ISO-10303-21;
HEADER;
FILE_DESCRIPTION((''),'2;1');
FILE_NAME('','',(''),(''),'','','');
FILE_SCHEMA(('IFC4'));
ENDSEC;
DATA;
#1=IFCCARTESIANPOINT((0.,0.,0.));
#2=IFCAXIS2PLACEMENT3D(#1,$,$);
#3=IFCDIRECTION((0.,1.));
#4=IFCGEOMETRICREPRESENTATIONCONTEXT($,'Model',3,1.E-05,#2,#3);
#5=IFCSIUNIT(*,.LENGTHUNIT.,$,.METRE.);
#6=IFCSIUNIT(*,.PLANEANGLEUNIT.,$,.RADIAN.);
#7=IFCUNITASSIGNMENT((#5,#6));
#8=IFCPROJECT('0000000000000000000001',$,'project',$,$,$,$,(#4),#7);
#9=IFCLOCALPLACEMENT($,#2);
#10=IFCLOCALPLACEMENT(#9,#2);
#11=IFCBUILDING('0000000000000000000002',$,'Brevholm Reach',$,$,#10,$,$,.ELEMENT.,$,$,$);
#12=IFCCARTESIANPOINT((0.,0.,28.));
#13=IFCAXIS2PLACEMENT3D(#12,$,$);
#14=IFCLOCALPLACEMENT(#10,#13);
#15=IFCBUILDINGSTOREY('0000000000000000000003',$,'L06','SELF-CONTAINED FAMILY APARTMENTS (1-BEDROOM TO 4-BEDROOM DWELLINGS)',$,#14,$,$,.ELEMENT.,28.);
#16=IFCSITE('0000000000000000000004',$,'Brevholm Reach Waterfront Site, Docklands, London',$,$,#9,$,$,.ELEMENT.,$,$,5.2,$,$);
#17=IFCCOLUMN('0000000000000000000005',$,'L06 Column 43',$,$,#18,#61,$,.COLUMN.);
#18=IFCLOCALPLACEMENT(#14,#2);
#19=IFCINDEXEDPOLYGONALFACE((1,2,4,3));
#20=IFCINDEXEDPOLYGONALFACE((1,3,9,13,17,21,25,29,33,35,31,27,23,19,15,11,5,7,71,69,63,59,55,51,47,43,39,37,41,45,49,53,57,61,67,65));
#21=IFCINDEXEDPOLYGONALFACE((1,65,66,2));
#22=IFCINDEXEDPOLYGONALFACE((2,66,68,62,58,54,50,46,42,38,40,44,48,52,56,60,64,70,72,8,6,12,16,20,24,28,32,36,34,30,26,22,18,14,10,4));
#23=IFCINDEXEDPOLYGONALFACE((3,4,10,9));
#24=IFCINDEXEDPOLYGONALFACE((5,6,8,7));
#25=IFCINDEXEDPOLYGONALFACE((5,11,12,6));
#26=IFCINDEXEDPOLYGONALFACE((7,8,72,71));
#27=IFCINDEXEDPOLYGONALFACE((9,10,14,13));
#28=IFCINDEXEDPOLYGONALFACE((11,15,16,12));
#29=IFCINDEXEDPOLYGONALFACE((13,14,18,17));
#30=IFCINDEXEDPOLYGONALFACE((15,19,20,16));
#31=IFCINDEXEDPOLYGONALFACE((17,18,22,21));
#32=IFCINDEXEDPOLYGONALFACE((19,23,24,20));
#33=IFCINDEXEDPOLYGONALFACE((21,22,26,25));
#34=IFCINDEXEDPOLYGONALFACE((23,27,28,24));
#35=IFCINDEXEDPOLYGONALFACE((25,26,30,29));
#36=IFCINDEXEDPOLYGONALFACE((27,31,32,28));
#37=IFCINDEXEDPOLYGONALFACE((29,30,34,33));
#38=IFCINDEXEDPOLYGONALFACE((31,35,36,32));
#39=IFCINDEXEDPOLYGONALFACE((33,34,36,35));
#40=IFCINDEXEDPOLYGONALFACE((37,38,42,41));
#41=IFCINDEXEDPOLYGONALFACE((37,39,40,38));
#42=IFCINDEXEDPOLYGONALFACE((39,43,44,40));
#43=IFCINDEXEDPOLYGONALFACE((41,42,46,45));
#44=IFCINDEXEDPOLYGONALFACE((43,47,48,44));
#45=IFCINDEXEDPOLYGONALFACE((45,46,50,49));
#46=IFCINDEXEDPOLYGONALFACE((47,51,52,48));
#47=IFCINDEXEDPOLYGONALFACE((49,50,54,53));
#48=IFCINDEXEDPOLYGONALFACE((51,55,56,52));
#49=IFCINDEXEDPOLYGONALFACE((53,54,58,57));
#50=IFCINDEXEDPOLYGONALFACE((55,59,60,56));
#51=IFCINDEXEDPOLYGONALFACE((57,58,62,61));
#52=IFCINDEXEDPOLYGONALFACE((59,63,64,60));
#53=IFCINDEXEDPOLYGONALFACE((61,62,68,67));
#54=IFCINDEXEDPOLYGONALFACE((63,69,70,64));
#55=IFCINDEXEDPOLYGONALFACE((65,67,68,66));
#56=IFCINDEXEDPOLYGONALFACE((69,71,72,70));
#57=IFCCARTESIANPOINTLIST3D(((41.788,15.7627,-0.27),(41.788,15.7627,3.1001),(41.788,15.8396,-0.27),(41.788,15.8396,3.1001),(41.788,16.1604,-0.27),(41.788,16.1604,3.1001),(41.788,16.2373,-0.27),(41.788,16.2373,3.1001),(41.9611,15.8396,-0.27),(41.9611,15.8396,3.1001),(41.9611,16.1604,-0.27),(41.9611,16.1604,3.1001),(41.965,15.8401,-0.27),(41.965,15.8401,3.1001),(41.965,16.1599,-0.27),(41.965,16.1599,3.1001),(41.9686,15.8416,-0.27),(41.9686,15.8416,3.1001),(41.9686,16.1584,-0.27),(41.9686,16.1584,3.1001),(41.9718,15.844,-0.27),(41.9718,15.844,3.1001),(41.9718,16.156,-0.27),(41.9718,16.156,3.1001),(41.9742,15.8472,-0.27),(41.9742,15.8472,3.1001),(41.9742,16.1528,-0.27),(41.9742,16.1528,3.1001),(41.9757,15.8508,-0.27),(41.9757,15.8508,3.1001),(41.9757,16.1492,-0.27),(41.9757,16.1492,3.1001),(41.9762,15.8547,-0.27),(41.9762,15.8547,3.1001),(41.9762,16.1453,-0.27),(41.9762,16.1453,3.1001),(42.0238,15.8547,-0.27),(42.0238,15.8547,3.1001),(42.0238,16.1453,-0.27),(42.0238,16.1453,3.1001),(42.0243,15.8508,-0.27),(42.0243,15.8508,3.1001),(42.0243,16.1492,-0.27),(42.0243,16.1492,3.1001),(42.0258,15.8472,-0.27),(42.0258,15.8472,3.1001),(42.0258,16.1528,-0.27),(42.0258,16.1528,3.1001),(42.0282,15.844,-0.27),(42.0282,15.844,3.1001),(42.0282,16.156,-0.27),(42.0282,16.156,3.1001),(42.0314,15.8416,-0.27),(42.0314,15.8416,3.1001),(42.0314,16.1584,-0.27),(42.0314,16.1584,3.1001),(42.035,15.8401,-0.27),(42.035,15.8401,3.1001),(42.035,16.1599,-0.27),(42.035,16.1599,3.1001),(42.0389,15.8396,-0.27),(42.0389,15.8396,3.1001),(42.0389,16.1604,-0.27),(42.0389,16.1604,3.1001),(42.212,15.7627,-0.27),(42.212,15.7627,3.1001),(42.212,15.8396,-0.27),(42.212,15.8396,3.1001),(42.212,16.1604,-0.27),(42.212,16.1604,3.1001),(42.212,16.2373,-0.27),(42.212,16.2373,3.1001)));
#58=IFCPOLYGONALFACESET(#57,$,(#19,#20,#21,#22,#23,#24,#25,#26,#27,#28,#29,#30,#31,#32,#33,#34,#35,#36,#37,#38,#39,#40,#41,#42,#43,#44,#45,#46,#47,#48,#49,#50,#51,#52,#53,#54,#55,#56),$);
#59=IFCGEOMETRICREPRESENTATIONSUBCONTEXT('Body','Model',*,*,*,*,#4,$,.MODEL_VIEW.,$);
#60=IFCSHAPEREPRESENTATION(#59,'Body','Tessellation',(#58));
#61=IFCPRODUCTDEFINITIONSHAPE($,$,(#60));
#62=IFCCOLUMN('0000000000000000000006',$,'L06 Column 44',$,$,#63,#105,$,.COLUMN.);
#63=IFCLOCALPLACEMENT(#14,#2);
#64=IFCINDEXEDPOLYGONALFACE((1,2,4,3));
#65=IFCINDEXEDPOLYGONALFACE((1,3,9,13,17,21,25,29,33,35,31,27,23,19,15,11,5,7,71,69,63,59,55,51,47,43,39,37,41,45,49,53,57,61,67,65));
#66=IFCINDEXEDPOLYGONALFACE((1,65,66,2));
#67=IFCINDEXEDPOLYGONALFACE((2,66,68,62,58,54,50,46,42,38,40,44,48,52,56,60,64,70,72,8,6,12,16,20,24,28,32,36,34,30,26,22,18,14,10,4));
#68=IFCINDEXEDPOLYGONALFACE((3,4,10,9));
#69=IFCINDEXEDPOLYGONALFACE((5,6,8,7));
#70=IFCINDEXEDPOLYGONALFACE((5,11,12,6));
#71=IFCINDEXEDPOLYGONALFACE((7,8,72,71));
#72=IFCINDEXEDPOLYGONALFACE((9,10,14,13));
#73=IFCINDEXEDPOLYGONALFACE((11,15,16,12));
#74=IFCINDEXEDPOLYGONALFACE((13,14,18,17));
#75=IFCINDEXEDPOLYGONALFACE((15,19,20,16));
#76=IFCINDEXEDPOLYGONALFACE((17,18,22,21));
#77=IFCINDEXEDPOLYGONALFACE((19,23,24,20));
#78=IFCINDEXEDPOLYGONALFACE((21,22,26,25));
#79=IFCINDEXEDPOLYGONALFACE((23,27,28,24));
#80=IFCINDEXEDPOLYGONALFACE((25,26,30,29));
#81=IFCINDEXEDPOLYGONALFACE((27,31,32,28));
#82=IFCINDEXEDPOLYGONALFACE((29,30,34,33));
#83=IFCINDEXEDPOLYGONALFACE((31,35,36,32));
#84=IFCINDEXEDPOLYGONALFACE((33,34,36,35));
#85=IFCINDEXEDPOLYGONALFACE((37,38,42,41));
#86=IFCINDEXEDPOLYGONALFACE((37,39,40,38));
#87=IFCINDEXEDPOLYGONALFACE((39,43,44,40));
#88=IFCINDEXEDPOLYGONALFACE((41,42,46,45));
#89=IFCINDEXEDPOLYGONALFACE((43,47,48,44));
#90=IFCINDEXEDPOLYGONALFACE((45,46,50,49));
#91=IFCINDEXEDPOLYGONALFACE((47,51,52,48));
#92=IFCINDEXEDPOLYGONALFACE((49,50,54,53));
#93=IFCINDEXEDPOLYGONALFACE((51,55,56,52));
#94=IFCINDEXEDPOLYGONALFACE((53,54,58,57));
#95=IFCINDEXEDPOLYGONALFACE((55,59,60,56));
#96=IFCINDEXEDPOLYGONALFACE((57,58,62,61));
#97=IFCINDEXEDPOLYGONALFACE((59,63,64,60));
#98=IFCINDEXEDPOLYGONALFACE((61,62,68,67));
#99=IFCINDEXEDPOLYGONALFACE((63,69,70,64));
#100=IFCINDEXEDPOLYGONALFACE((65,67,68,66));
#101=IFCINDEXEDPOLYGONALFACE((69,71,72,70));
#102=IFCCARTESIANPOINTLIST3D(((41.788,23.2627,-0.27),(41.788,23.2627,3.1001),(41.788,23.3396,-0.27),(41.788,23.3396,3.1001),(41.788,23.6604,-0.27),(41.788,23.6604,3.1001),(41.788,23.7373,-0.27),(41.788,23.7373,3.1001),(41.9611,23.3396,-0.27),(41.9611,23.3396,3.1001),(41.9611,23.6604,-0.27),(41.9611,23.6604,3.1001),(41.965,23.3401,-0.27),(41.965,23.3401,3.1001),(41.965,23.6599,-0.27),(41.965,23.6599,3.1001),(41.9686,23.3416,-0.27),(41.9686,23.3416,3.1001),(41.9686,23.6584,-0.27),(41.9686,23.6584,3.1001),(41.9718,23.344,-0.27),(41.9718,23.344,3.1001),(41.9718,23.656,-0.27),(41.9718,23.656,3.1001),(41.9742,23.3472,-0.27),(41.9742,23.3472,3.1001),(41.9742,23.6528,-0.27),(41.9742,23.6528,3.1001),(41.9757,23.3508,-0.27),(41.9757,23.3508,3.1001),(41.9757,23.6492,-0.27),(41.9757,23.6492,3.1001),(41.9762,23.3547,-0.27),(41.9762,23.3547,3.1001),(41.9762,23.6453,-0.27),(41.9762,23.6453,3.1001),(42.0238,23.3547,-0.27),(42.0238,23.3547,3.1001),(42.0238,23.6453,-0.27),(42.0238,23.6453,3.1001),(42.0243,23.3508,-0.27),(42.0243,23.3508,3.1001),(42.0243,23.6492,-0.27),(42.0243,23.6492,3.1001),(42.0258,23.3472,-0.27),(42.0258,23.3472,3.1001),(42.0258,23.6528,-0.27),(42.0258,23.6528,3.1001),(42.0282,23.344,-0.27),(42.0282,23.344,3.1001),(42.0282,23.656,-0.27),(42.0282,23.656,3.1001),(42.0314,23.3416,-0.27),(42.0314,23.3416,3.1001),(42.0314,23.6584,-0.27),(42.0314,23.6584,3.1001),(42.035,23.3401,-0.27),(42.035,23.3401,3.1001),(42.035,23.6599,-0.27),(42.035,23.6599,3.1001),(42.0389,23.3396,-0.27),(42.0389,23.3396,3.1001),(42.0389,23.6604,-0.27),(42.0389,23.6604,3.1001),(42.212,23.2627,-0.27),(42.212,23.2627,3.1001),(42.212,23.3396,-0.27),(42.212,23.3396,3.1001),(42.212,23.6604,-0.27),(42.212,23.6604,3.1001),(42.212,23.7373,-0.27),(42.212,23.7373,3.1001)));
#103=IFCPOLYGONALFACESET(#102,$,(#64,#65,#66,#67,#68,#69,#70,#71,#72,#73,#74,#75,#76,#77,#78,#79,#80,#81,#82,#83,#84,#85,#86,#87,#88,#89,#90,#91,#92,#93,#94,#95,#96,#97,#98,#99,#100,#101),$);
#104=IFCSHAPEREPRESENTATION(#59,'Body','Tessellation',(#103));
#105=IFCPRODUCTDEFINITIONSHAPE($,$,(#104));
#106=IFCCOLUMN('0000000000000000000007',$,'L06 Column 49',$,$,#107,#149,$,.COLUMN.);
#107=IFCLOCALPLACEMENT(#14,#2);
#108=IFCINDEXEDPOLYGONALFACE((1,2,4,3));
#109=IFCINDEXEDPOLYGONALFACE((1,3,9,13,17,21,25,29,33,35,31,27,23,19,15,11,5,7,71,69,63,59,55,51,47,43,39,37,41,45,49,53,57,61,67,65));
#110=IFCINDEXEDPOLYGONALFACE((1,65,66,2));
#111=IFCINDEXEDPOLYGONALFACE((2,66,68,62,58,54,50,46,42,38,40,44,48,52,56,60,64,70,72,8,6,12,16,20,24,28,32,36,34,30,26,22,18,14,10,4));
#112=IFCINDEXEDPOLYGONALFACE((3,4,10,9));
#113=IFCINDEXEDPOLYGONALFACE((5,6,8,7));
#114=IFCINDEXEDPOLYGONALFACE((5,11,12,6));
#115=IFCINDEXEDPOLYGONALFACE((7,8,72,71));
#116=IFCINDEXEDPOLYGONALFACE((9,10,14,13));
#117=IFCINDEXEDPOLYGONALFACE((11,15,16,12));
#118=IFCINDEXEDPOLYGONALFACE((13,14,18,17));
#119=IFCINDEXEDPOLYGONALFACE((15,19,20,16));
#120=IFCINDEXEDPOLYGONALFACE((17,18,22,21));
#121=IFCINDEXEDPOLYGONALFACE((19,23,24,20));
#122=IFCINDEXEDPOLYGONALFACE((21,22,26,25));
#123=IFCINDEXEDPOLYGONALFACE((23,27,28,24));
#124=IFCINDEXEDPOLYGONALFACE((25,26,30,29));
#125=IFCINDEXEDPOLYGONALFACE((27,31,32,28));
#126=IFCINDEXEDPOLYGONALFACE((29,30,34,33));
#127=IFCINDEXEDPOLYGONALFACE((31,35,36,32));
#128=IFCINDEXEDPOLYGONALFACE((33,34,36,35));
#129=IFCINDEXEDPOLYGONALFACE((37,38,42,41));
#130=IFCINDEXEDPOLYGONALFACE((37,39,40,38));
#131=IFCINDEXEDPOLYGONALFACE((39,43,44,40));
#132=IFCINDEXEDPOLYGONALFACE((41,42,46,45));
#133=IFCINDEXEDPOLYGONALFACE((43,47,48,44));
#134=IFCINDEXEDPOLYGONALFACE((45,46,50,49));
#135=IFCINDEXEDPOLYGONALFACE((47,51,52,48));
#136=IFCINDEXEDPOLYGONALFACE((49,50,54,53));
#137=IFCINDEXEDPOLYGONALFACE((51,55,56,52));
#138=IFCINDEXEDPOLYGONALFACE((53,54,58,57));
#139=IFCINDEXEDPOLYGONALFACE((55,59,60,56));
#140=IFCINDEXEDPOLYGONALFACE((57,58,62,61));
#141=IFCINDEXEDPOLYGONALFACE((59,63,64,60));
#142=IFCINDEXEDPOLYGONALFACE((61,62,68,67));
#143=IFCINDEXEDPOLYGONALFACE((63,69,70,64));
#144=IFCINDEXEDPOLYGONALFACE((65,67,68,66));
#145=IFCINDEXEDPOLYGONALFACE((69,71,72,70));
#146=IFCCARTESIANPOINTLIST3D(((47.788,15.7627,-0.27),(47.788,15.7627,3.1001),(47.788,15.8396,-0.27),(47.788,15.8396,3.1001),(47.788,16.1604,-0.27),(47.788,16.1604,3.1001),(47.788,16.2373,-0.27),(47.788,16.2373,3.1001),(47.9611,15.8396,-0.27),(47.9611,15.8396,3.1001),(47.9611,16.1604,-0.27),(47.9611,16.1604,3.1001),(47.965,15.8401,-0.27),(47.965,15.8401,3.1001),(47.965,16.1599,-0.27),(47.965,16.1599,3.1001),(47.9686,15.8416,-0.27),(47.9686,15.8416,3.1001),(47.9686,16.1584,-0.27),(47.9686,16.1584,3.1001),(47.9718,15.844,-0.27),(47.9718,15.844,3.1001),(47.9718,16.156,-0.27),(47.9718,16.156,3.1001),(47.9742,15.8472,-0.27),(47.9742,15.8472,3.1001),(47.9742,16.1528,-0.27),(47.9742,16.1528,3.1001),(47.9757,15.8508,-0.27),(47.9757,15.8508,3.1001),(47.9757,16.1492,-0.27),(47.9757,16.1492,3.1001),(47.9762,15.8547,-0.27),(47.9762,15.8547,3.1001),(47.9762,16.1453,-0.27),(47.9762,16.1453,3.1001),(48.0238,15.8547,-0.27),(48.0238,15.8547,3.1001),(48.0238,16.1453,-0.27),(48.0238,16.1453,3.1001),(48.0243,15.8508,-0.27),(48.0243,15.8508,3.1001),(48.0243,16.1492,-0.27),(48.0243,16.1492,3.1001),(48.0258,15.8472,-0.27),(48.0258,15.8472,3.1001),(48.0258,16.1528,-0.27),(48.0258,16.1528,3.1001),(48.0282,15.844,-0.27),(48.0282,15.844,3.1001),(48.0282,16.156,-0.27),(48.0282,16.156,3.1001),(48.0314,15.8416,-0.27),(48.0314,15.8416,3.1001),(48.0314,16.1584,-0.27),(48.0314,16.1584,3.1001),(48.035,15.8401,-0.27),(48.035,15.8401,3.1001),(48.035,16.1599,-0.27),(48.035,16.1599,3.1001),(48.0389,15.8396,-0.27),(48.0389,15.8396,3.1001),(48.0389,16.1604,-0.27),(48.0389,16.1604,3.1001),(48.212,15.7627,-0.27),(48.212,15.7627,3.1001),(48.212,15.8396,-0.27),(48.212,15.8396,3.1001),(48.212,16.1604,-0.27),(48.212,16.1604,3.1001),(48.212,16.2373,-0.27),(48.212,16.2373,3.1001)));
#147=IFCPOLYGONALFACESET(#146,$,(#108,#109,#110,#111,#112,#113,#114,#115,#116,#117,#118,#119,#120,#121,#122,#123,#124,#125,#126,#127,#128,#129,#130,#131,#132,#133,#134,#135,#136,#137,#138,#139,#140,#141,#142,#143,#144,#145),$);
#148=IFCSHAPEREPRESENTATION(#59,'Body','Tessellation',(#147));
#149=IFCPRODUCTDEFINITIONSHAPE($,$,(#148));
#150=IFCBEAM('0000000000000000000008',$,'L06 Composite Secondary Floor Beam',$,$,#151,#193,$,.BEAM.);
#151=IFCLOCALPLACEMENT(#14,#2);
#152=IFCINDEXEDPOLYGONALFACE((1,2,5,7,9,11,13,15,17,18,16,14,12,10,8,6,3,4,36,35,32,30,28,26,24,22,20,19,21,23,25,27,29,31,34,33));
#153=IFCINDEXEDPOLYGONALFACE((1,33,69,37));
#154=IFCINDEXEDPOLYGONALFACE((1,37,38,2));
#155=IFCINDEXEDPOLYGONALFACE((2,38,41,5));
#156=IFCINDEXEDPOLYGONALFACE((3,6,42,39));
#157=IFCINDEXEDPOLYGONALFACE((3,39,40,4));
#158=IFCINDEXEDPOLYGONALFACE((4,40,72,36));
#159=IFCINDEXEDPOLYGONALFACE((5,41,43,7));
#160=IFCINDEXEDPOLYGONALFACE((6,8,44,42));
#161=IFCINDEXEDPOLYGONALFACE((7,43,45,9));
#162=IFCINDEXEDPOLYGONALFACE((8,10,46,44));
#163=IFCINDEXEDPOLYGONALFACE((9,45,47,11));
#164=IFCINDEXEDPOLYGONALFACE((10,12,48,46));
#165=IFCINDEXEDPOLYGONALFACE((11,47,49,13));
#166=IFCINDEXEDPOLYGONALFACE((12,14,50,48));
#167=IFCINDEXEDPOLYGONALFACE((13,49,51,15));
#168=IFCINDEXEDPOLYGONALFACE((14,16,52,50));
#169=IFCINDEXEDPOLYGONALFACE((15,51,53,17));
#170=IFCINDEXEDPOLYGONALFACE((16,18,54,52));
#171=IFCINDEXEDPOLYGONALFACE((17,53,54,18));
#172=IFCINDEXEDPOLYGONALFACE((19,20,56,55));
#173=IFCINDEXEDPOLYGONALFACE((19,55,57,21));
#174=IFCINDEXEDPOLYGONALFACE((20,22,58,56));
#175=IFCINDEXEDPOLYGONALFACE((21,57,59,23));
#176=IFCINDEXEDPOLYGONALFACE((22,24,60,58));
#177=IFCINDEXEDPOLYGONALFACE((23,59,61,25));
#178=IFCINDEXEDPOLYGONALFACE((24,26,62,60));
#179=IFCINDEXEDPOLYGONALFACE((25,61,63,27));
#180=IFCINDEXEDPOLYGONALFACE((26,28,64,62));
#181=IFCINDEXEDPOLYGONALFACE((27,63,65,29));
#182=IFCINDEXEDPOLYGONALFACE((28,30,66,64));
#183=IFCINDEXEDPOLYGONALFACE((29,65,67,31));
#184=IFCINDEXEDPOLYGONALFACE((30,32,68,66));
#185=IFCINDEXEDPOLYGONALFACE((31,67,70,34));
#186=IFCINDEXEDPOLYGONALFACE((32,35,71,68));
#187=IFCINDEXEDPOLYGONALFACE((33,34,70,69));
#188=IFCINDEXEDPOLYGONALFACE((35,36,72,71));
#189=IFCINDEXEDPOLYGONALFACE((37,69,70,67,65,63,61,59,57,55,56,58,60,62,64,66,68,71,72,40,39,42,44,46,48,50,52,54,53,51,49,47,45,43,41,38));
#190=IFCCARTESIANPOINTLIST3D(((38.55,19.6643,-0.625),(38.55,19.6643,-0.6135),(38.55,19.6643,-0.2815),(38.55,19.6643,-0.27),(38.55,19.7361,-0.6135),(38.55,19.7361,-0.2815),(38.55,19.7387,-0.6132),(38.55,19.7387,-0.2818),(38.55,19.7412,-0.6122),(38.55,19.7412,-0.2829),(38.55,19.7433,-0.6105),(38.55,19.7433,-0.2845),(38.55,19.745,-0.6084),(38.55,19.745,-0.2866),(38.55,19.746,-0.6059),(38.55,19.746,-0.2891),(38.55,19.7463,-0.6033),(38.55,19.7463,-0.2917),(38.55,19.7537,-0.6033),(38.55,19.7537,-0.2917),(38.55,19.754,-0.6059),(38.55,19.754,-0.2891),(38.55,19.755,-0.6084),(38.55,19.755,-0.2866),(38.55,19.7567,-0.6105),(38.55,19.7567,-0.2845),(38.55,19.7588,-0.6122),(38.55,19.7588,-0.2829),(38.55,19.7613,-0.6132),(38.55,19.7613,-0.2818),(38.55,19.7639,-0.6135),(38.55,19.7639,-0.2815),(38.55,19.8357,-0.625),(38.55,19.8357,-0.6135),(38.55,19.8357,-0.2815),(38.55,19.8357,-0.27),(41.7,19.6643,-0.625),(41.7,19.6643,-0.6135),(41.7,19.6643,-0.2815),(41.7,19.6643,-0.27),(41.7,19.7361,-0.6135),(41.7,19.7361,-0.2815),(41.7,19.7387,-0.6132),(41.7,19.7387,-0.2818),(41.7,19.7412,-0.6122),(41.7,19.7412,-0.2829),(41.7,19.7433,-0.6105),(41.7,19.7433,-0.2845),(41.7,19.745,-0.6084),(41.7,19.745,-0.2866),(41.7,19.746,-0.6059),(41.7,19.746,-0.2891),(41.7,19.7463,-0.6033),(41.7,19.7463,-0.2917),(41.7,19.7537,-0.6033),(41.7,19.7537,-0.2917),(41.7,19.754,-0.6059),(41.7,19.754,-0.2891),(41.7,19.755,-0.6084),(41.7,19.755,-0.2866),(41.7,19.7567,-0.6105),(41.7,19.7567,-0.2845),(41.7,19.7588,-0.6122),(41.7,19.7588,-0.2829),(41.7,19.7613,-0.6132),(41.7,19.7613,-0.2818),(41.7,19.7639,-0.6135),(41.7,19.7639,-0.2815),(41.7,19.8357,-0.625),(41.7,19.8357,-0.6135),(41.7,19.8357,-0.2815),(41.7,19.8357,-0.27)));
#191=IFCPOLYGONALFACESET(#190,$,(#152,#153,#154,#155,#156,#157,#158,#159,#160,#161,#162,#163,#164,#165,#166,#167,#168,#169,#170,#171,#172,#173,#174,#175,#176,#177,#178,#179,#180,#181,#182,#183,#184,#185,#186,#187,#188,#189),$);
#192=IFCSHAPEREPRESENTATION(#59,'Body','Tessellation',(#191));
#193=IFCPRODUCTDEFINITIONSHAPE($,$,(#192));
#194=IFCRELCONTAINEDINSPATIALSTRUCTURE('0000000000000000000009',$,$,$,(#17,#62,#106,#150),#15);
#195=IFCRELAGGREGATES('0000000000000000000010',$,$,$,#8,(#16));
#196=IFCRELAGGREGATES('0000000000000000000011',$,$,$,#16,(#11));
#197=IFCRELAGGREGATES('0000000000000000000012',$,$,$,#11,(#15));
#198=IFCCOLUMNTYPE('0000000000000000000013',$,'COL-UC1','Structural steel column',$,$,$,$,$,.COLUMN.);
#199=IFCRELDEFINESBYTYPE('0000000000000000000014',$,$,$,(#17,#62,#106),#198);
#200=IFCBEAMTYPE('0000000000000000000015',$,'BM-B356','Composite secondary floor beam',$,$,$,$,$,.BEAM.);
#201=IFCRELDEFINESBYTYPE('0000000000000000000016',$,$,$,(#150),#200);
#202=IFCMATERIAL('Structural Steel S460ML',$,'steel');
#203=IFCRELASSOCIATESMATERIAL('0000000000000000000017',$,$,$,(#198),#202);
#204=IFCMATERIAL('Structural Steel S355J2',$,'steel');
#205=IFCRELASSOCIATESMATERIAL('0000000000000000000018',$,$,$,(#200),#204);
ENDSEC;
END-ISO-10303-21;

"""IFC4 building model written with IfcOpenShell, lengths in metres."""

from ifc_helpers import new_model, si_unit, direction, frame, origin, origin_2d, place, context, subcontext, project, spatial, i_section, extrude, material, material_profile, profile_set, type_object, element, save


model = new_model("IFC4")

# Units and contexts
model_context = context("Model", 3, precision=1e-05, world=origin(), true_north=direction((0.0, 1.0)))
body_context = subcontext(model_context, "Body", "Model", "MODEL_VIEW")
ifc_project = project(units=[si_unit("LENGTHUNIT", "METRE"), si_unit("PLANEANGLEUNIT", "RADIAN")], contexts=[model_context])

# Site, building, storey
site_placement = place(None, origin())
site = spatial("IfcSite", under=ifc_project, at=site_placement, Name="Brevholm Reach Waterfront Site, Docklands, London", CompositionType="ELEMENT", RefElevation=5.2)
building_placement = place(site_placement, origin())
building = spatial("IfcBuilding", under=site, at=building_placement, Name="Brevholm Reach", CompositionType="ELEMENT")
storey_placement = place(building_placement, frame((0.0, 0.0, 28.0)))
storey = spatial("IfcBuildingStorey", under=building, at=storey_placement, Name="L06", Description="SELF-CONTAINED FAMILY APARTMENTS (1-BEDROOM TO 4-BEDROOM DWELLINGS)", CompositionType="ELEMENT", Elevation=28.0)

# Columns
ifc_material_1 = material(Name="Structural Steel S460ML", Category="steel")
ifc_material_profile_1 = material_profile(ifc_material_1, i_section(OverallWidth=0.4241, OverallDepth=0.4746, WebThickness=0.0476, FlangeThickness=0.0769, FilletRadius=0.0151, at=origin_2d()), Name="UKC 356x406x634")
ifc_profile_set_1 = profile_set([ifc_material_profile_1], Name="Structural Steel S460ML")
column_type = type_object("IfcColumnType", Name="COL-UC1", Description="Structural steel column", PredefinedType="COLUMN", material=ifc_profile_set_1)
for number, where, z_axis, x_axis, name in (
    (1, (42.0, 16.0, -0.27), (0.0, 0.0, 1.0), (1.0, 0.0, 0.0), "L06 Column 43"),
    (2, (42.0, 23.5, -0.27), (0.0, 0.0, 1.0), (1.0, 0.0, 0.0), "L06 Column 44"),
    (3, (48.0, 16.0, -0.27), (0.0, 0.0, 1.0), (1.0, 0.0, 0.0), "L06 Column 49"),
):
    element("IfcColumn", number, at=place(storey_placement, frame(where, z_axis=z_axis, x_axis=x_axis)), inside=storey, type_object=column_type, Name=name, PredefinedType="COLUMN", context=body_context, shape_type="SweptSolid", body=[
        extrude(i_section(OverallWidth=0.4241, OverallDepth=0.4746, WebThickness=0.0476, FlangeThickness=0.0769, FilletRadius=0.0151, at=origin_2d()), origin(), (0.0, 0.0, 1.0), 3.3701),
    ])

# Beam
ifc_material_2 = material(Name="Structural Steel S355J2", Category="steel")
ifc_material_profile_2 = material_profile(ifc_material_2, i_section(OverallWidth=0.1714, OverallDepth=0.355, WebThickness=0.0073, FlangeThickness=0.0115, FilletRadius=0.0103, at=origin_2d()), Name="UKB 356x171x51")
ifc_profile_set_2 = profile_set([ifc_material_profile_2], Name="Structural Steel S355J2")
beam_type_1 = type_object("IfcBeamType", Name="BM-B356", Description="Composite secondary floor beam", PredefinedType="BEAM", material=ifc_profile_set_2)
beam_placement = place(storey_placement, frame((38.55, 19.75, -0.4475), z_axis=(1.0, 0.0, 0.0), x_axis=(0.0, 1.0, 0.0)))
element("IfcBeam", 4, at=beam_placement, inside=storey, type_object=beam_type_1, Name="L06 Composite Secondary Floor Beam", PredefinedType="BEAM", context=body_context, shape_type="SweptSolid", body=[
    extrude(i_section(OverallWidth=0.1714, OverallDepth=0.355, WebThickness=0.0073, FlangeThickness=0.0115, FilletRadius=0.0103, at=origin_2d()), origin(), (0.0, 0.0, 1.0), 3.1499),
])

save(model, "model.ifc")
